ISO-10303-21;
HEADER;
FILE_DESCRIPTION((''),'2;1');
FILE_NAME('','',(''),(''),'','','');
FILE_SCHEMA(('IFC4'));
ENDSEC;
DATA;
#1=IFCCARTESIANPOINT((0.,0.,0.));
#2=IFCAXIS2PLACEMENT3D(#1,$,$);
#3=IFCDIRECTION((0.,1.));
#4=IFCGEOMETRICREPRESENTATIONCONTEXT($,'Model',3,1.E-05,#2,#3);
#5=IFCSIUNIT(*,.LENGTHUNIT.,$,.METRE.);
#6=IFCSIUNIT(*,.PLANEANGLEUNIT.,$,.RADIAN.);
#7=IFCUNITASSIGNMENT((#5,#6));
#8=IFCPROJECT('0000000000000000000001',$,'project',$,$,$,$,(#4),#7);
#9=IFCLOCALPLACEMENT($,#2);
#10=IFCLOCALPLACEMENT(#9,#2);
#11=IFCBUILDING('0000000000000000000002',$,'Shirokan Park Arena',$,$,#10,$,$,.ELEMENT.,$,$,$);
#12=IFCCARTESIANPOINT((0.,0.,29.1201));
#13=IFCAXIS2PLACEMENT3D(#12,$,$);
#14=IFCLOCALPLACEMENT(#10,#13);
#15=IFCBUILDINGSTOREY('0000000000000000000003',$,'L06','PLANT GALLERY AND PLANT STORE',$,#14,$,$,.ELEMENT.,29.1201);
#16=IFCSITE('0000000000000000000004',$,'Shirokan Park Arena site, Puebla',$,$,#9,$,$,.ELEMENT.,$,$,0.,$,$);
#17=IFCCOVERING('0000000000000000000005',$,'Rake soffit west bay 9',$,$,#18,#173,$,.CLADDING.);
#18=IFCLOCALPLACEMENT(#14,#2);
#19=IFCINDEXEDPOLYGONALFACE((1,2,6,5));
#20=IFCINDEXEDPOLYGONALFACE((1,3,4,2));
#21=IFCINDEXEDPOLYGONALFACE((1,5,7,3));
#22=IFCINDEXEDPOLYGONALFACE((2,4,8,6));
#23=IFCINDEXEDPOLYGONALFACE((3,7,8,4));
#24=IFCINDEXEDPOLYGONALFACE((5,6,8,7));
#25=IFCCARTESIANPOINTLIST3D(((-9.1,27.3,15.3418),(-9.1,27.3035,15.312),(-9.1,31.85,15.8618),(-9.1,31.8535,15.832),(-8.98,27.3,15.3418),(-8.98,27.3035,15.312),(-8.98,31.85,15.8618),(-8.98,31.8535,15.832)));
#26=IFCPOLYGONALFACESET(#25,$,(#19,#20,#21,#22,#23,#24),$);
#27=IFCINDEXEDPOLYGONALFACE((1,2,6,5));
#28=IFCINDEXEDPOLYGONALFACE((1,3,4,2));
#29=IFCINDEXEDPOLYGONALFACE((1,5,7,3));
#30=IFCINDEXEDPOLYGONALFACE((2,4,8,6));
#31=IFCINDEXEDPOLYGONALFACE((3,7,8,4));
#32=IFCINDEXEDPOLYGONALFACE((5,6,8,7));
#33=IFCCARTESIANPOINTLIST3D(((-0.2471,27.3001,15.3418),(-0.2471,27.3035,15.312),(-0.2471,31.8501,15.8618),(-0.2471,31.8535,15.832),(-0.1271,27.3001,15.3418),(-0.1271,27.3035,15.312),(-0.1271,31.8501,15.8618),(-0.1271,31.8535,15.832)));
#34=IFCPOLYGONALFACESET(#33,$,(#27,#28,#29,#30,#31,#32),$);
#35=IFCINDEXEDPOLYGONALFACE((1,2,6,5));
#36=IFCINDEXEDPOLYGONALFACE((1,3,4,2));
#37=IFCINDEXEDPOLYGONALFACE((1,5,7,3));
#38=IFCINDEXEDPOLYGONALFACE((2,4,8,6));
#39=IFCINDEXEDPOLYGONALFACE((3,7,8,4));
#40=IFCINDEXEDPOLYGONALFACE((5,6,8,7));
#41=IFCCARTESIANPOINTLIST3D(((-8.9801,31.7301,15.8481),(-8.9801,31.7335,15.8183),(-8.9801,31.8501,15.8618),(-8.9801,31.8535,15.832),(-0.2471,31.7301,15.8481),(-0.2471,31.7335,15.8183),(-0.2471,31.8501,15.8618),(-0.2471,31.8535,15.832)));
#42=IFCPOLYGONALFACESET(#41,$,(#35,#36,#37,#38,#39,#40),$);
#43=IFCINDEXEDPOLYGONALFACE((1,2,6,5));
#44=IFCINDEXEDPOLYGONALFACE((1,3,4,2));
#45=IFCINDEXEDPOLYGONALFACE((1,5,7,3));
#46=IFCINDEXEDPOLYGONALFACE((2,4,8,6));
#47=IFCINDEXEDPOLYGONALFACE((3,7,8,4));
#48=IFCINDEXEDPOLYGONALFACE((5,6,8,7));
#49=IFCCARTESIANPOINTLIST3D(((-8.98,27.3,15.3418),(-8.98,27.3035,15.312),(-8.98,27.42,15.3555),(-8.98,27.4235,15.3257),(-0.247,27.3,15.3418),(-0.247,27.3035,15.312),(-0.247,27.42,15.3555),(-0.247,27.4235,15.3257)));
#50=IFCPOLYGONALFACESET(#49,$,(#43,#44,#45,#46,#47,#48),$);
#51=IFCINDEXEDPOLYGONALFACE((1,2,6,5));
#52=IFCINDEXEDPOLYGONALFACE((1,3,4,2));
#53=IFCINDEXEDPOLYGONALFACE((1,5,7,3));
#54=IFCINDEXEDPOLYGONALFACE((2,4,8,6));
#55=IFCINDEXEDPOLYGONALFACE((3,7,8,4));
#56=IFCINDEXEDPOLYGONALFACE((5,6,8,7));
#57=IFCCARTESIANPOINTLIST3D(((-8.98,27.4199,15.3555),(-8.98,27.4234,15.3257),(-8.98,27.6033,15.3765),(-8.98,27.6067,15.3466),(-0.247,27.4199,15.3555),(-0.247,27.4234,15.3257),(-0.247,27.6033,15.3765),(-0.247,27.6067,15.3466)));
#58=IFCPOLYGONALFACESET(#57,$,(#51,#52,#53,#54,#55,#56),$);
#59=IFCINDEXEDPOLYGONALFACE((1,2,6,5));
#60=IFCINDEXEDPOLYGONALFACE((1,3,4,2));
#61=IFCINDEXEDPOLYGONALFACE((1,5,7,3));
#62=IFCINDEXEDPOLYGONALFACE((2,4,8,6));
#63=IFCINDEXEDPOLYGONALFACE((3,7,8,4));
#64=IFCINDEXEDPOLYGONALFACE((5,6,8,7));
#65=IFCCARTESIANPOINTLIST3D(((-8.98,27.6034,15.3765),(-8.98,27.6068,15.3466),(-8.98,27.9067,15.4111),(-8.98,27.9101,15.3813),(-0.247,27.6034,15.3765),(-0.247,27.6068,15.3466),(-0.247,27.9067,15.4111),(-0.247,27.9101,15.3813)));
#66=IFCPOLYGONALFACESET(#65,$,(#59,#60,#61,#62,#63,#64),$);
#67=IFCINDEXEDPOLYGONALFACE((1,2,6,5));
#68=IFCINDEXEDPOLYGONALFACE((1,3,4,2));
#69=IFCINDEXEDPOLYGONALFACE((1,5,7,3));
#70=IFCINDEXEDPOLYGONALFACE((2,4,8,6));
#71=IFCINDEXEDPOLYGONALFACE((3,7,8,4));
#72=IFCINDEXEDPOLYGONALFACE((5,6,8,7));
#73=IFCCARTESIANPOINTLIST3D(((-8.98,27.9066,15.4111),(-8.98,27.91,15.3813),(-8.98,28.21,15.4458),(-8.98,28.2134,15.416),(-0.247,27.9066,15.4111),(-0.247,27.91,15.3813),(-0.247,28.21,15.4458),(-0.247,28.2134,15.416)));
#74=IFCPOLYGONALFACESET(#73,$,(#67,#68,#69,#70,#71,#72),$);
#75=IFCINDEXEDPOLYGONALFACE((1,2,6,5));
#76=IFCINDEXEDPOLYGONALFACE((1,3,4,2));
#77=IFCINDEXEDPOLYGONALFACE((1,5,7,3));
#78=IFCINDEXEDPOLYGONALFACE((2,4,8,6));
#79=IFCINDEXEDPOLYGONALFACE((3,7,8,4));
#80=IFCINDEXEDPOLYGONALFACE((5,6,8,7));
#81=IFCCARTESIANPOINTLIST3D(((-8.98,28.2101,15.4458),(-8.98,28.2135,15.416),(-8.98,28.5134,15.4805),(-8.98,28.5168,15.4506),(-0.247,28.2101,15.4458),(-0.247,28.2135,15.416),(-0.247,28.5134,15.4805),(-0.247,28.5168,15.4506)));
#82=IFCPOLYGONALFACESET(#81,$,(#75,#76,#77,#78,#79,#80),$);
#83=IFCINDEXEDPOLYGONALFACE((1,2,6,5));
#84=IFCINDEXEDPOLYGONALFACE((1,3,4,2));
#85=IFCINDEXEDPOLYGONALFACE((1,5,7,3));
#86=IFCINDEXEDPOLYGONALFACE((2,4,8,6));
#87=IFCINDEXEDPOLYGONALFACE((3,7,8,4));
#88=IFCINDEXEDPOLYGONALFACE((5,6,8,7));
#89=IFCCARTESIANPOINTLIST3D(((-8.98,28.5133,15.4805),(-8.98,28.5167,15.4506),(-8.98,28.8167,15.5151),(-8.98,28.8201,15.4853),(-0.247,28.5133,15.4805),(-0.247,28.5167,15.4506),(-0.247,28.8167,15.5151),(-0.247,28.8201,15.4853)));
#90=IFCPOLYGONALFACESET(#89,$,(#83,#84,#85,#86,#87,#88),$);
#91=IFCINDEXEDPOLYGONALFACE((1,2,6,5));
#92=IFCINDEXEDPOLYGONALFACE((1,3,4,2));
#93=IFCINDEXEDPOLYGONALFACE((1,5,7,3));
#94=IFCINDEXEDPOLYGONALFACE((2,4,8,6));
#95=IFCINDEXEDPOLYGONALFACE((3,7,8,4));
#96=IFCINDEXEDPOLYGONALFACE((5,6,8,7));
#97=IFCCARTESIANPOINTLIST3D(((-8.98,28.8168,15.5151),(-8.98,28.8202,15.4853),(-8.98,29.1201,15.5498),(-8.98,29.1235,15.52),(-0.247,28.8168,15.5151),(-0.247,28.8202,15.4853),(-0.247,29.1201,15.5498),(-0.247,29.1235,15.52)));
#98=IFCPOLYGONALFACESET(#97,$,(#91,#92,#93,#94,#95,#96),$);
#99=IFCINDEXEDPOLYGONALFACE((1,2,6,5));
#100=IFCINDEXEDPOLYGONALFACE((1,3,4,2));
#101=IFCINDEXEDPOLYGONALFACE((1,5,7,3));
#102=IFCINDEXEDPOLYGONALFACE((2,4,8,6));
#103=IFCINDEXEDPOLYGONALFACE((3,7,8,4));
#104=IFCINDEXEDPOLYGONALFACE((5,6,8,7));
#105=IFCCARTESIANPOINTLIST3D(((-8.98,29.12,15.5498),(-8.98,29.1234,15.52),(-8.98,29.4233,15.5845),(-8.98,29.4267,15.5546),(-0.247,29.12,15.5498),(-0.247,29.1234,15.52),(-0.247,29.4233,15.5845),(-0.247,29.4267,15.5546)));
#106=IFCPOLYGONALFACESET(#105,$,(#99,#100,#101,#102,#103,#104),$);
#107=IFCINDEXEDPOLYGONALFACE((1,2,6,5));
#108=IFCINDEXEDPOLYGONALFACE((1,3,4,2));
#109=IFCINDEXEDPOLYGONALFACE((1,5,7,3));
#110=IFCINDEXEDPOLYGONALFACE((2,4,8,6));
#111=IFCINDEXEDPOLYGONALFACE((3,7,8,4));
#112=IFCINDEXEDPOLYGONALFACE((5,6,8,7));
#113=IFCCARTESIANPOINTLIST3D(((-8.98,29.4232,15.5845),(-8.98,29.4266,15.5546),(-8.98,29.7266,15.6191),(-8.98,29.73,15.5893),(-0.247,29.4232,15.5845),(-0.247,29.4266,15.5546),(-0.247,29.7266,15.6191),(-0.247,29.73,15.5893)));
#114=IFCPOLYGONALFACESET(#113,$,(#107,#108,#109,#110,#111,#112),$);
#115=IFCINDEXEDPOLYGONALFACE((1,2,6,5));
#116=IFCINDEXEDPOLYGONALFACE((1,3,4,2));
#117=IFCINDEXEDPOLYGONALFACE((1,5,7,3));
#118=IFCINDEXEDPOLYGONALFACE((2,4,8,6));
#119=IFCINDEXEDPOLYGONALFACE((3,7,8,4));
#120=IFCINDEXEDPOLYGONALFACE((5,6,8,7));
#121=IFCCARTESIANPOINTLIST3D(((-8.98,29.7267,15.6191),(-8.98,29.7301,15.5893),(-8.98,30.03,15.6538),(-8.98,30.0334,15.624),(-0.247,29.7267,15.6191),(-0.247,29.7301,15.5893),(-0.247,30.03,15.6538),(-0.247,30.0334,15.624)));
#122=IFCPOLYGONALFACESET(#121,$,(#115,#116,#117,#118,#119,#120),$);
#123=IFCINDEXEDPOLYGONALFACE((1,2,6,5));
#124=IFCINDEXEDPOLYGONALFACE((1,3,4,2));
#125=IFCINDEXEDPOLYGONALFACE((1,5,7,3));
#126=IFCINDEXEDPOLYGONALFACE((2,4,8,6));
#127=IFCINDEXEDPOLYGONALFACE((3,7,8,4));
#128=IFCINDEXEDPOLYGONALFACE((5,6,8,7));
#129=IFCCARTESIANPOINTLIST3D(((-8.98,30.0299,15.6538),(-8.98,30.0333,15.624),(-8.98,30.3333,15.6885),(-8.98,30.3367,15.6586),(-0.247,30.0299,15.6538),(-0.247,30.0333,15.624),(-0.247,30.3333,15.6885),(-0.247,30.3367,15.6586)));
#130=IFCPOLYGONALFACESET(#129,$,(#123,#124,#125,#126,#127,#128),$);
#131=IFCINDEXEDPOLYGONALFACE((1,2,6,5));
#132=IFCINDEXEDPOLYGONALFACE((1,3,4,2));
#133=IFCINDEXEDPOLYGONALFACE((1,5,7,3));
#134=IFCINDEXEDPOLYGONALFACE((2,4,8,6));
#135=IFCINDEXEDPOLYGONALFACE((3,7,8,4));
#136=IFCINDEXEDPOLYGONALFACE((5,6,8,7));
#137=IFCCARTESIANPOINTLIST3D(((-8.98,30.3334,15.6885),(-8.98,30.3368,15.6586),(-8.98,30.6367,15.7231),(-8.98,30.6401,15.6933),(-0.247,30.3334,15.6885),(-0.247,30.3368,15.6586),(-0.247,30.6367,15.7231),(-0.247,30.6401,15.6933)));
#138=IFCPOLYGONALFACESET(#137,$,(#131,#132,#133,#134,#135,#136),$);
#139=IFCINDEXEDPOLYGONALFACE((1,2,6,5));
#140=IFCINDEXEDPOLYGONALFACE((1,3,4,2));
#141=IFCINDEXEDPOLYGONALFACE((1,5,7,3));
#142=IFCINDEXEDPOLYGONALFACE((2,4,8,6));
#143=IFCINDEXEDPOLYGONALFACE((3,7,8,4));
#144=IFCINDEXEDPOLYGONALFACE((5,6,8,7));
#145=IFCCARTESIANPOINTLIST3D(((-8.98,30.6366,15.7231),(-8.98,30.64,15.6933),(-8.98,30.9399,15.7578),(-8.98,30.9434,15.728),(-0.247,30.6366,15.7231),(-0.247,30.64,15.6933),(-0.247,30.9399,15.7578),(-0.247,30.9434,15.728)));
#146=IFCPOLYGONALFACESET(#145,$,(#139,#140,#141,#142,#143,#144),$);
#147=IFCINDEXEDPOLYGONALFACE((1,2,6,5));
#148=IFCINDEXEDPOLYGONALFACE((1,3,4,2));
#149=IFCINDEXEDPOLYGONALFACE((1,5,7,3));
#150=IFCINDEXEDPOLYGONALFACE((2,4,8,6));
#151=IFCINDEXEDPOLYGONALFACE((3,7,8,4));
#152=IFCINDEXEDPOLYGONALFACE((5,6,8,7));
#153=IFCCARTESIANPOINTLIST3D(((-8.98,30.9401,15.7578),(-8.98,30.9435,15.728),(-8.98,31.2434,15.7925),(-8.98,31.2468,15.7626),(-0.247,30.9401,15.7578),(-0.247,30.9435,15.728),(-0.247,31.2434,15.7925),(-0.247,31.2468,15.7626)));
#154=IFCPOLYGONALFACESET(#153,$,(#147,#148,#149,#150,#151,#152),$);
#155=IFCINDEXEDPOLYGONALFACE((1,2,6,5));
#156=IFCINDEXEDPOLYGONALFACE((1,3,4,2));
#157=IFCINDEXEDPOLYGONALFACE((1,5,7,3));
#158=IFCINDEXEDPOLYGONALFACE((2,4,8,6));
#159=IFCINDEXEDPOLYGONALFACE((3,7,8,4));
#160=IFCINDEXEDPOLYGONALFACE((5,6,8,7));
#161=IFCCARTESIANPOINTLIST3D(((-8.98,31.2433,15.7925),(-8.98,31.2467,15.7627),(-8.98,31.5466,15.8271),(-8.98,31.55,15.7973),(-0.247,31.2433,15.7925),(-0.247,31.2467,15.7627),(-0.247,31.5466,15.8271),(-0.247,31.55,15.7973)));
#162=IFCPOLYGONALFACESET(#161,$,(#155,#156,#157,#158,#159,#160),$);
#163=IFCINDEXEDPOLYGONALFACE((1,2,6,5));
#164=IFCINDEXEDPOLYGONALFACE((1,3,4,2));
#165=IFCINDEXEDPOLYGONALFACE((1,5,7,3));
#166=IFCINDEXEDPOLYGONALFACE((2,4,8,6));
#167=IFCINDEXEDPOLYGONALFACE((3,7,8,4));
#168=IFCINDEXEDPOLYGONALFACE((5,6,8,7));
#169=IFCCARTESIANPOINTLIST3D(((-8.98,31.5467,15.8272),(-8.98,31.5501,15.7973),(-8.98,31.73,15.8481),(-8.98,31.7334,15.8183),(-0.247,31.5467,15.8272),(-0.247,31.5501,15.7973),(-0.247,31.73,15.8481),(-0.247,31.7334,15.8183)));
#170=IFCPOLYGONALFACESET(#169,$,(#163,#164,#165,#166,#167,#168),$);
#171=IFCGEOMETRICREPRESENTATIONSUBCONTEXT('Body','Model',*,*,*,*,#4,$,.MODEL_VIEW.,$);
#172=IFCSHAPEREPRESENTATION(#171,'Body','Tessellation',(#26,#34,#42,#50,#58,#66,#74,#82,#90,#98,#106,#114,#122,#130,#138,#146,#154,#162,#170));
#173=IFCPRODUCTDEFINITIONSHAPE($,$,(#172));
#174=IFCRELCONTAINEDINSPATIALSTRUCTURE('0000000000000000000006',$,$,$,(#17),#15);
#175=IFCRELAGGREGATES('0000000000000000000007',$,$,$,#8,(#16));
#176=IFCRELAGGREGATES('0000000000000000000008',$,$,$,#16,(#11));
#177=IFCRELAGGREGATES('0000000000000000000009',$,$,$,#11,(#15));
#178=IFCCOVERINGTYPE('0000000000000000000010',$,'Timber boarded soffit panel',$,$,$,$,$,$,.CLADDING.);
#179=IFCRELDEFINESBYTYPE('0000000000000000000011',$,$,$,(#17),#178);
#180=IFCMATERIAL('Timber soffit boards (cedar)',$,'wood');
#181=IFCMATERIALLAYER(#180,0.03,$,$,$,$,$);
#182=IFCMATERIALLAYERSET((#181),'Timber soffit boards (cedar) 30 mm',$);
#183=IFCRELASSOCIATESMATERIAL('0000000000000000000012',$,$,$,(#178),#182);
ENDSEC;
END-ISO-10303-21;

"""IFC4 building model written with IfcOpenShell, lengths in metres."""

from ifc_helpers import new_model, si_unit, direction, frame, origin, place, context, subcontext, project, spatial, polyline, outline, extrude, material, layer, layer_set, type_object, element, save


model = new_model("IFC4")

# Units and contexts
model_context = context("Model", 3, precision=1e-05, world=origin(), true_north=direction((0.0, 1.0)))
body_context = subcontext(model_context, "Body", "Model", "MODEL_VIEW")
ifc_project = project(units=[si_unit("LENGTHUNIT", "METRE"), si_unit("PLANEANGLEUNIT", "RADIAN")], contexts=[model_context])

# Site, building, storey
site_placement = place(None, origin())
site = spatial("IfcSite", under=ifc_project, at=site_placement, Name="Shirokan Park Arena site, Puebla", CompositionType="ELEMENT", RefElevation=0.0)
building_placement = place(site_placement, origin())
building = spatial("IfcBuilding", under=site, at=building_placement, Name="Shirokan Park Arena", CompositionType="ELEMENT")
storey_placement = place(building_placement, frame((0.0, 0.0, 29.1201)))
storey = spatial("IfcBuildingStorey", under=building, at=storey_placement, Name="L06", Description="PLANT GALLERY AND PLANT STORE", CompositionType="ELEMENT", Elevation=29.1201)

# Covering
ifc_material = material(Name="Timber soffit boards (cedar)", Category="wood")
ifc_layer = layer(ifc_material, 0.03)
ifc_layer_set = layer_set([ifc_layer], Name="Timber soffit boards (cedar) 30 mm")
covering_type = type_object("IfcCoveringType", Name="Timber boarded soffit panel", PredefinedType="CLADDING", material=ifc_layer_set)
covering_1_placement = place(storey_placement, origin())
element("IfcCovering", 1, at=covering_1_placement, inside=storey, type_object=covering_type, Name="Rake soffit west bay 9", PredefinedType="CLADDING", context=body_context, shape_type="SweptSolid", body=[
    extrude(outline(polyline([(0.0, 0.0), (0.12, 0.0), (0.12, -4.5796), (0.0, -4.5796), (0.0, 0.0)])), frame((-8.98, 27.3, 15.3418), z_axis=(0.0, -0.113547, 0.993533), x_axis=(-1.0, 0.0, 0.0)), (0.0, 0.0, -1.0), 0.03),
    extrude(outline(polyline([(0.0, 0.0), (0.12, 0.0), (0.12, -4.5796), (0.0, -4.5796), (0.0, 0.0)])), frame((-0.2471, 31.8501, 15.8618), z_axis=(0.0, -0.113547, 0.993533), x_axis=(1.0, 0.0, 0.0)), (0.0, 0.0, -1.0), 0.03),
    extrude(outline(polyline([(0.0, 0.0), (0.1208, 0.0), (0.1208, -8.733), (0.0, -8.733), (0.0, 0.0)])), frame((-0.2471, 31.8501, 15.8618), z_axis=(0.0, -0.113512, 0.993537), x_axis=(0.0, -0.993537, -0.113512)), (0.0, 0.0, -1.0), 0.03),
    extrude(outline(polyline([(0.0, 0.0), (0.1208, 0.0), (0.1208, -8.733), (0.0, -8.733), (0.0, 0.0)])), frame((-8.98, 27.3, 15.3418), z_axis=(0.0, -0.113512, 0.993537), x_axis=(0.0, 0.993537, 0.113512)), (0.0, 0.0, -1.0), 0.03),
    extrude(outline(polyline([(0.0, 0.0), (8.733, 0.0), (8.733, -0.1845), (0.0, -0.1845), (0.0, 0.0)])), frame((-8.98, 27.6033, 15.3765), z_axis=(0.0, -0.113589, 0.993528), x_axis=(1.0, 0.0, 0.0)), (0.0, 0.0, -1.0), 0.03),
    extrude(outline(polyline([(0.0, 0.0), (8.733, 0.0), (8.733, -0.3053), (0.0, -0.3053), (0.0, 0.0)])), frame((-8.98, 27.9067, 15.4111), z_axis=(0.0, -0.113523, 0.993535), x_axis=(1.0, 0.0, 0.0)), (0.0, 0.0, -1.0), 0.03),
    extrude(outline(polyline([(0.0, 0.0), (8.733, 0.0), (8.733, -0.3053), (0.0, -0.3053), (0.0, 0.0)])), frame((-8.98, 28.21, 15.4458), z_axis=(0.0, -0.113559, 0.993531), x_axis=(1.0, 0.0, 0.0)), (0.0, 0.0, -1.0), 0.03),
    extrude(outline(polyline([(0.0, 0.0), (8.733, 0.0), (8.733, -0.3053), (0.0, -0.3053), (0.0, 0.0)])), frame((-8.98, 28.5134, 15.4805), z_axis=(0.0, -0.113559, 0.993531), x_axis=(1.0, 0.0, 0.0)), (0.0, 0.0, -1.0), 0.03),
    extrude(outline(polyline([(0.0, 0.0), (8.733, 0.0), (8.733, -0.3053), (0.0, -0.3053), (0.0, 0.0)])), frame((-8.98, 28.8167, 15.5151), z_axis=(0.0, -0.113523, 0.993535), x_axis=(1.0, 0.0, 0.0)), (0.0, 0.0, -1.0), 0.03),
    extrude(outline(polyline([(0.0, 0.0), (8.733, 0.0), (8.733, -0.3053), (0.0, -0.3053), (0.0, 0.0)])), frame((-8.98, 29.1201, 15.5498), z_axis=(0.0, -0.113559, 0.993531), x_axis=(1.0, 0.0, 0.0)), (0.0, 0.0, -1.0), 0.03),
    extrude(outline(polyline([(0.0, 0.0), (8.733, 0.0), (8.733, -0.3053), (0.0, -0.3053), (0.0, 0.0)])), frame((-8.98, 29.4233, 15.5845), z_axis=(0.0, -0.113559, 0.993531), x_axis=(1.0, 0.0, 0.0)), (0.0, 0.0, -1.0), 0.03),
    extrude(outline(polyline([(0.0, 0.0), (8.733, 0.0), (8.733, -0.3053), (0.0, -0.3053), (0.0, 0.0)])), frame((-8.98, 29.7266, 15.6191), z_axis=(0.0, -0.113523, 0.993535), x_axis=(1.0, 0.0, 0.0)), (0.0, 0.0, -1.0), 0.03),
    extrude(outline(polyline([(0.0, 0.0), (8.733, 0.0), (8.733, -0.3053), (0.0, -0.3053), (0.0, 0.0)])), frame((-8.98, 30.03, 15.6538), z_axis=(0.0, -0.113559, 0.993531), x_axis=(1.0, 0.0, 0.0)), (0.0, 0.0, -1.0), 0.03),
    extrude(outline(polyline([(0.0, 0.0), (8.733, 0.0), (8.733, -0.3053), (0.0, -0.3053), (0.0, 0.0)])), frame((-8.98, 30.3333, 15.6885), z_axis=(0.0, -0.113559, 0.993531), x_axis=(1.0, 0.0, 0.0)), (0.0, 0.0, -1.0), 0.03),
    extrude(outline(polyline([(0.0, 0.0), (8.733, 0.0), (8.733, -0.3053), (0.0, -0.3053), (0.0, 0.0)])), frame((-8.98, 30.6367, 15.7231), z_axis=(0.0, -0.113523, 0.993535), x_axis=(1.0, 0.0, 0.0)), (0.0, 0.0, -1.0), 0.03),
    extrude(outline(polyline([(0.0, 0.0), (8.733, 0.0), (8.733, -0.3053), (0.0, -0.3053), (0.0, 0.0)])), frame((-8.98, 30.9399, 15.7578), z_axis=(0.0, -0.113559, 0.993531), x_axis=(1.0, 0.0, 0.0)), (0.0, 0.0, -1.0), 0.03),
    extrude(outline(polyline([(0.0, 0.0), (8.733, 0.0), (8.733, -0.3053), (0.0, -0.3053), (0.0, 0.0)])), frame((-8.98, 31.2434, 15.7925), z_axis=(0.0, -0.113559, 0.993531), x_axis=(1.0, 0.0, 0.0)), (0.0, 0.0, -1.0), 0.03),
    extrude(outline(polyline([(0.0, 0.0), (8.733, 0.0), (8.733, -0.3053), (0.0, -0.3053), (0.0, 0.0)])), frame((-8.98, 31.5466, 15.8271), z_axis=(0.0, -0.113523, 0.993535), x_axis=(1.0, 0.0, 0.0)), (0.0, 0.0, -1.0), 0.03),
    extrude(outline(polyline([(0.0, 0.0), (8.733, 0.0), (8.733, -0.1845), (0.0, -0.1845), (0.0, 0.0)])), frame((-8.98, 31.73, 15.8481), z_axis=(0.0, -0.113589, 0.993528), x_axis=(1.0, 0.0, 0.0)), (0.0, 0.0, -1.0), 0.03),
])

save(model, "model.ifc")
